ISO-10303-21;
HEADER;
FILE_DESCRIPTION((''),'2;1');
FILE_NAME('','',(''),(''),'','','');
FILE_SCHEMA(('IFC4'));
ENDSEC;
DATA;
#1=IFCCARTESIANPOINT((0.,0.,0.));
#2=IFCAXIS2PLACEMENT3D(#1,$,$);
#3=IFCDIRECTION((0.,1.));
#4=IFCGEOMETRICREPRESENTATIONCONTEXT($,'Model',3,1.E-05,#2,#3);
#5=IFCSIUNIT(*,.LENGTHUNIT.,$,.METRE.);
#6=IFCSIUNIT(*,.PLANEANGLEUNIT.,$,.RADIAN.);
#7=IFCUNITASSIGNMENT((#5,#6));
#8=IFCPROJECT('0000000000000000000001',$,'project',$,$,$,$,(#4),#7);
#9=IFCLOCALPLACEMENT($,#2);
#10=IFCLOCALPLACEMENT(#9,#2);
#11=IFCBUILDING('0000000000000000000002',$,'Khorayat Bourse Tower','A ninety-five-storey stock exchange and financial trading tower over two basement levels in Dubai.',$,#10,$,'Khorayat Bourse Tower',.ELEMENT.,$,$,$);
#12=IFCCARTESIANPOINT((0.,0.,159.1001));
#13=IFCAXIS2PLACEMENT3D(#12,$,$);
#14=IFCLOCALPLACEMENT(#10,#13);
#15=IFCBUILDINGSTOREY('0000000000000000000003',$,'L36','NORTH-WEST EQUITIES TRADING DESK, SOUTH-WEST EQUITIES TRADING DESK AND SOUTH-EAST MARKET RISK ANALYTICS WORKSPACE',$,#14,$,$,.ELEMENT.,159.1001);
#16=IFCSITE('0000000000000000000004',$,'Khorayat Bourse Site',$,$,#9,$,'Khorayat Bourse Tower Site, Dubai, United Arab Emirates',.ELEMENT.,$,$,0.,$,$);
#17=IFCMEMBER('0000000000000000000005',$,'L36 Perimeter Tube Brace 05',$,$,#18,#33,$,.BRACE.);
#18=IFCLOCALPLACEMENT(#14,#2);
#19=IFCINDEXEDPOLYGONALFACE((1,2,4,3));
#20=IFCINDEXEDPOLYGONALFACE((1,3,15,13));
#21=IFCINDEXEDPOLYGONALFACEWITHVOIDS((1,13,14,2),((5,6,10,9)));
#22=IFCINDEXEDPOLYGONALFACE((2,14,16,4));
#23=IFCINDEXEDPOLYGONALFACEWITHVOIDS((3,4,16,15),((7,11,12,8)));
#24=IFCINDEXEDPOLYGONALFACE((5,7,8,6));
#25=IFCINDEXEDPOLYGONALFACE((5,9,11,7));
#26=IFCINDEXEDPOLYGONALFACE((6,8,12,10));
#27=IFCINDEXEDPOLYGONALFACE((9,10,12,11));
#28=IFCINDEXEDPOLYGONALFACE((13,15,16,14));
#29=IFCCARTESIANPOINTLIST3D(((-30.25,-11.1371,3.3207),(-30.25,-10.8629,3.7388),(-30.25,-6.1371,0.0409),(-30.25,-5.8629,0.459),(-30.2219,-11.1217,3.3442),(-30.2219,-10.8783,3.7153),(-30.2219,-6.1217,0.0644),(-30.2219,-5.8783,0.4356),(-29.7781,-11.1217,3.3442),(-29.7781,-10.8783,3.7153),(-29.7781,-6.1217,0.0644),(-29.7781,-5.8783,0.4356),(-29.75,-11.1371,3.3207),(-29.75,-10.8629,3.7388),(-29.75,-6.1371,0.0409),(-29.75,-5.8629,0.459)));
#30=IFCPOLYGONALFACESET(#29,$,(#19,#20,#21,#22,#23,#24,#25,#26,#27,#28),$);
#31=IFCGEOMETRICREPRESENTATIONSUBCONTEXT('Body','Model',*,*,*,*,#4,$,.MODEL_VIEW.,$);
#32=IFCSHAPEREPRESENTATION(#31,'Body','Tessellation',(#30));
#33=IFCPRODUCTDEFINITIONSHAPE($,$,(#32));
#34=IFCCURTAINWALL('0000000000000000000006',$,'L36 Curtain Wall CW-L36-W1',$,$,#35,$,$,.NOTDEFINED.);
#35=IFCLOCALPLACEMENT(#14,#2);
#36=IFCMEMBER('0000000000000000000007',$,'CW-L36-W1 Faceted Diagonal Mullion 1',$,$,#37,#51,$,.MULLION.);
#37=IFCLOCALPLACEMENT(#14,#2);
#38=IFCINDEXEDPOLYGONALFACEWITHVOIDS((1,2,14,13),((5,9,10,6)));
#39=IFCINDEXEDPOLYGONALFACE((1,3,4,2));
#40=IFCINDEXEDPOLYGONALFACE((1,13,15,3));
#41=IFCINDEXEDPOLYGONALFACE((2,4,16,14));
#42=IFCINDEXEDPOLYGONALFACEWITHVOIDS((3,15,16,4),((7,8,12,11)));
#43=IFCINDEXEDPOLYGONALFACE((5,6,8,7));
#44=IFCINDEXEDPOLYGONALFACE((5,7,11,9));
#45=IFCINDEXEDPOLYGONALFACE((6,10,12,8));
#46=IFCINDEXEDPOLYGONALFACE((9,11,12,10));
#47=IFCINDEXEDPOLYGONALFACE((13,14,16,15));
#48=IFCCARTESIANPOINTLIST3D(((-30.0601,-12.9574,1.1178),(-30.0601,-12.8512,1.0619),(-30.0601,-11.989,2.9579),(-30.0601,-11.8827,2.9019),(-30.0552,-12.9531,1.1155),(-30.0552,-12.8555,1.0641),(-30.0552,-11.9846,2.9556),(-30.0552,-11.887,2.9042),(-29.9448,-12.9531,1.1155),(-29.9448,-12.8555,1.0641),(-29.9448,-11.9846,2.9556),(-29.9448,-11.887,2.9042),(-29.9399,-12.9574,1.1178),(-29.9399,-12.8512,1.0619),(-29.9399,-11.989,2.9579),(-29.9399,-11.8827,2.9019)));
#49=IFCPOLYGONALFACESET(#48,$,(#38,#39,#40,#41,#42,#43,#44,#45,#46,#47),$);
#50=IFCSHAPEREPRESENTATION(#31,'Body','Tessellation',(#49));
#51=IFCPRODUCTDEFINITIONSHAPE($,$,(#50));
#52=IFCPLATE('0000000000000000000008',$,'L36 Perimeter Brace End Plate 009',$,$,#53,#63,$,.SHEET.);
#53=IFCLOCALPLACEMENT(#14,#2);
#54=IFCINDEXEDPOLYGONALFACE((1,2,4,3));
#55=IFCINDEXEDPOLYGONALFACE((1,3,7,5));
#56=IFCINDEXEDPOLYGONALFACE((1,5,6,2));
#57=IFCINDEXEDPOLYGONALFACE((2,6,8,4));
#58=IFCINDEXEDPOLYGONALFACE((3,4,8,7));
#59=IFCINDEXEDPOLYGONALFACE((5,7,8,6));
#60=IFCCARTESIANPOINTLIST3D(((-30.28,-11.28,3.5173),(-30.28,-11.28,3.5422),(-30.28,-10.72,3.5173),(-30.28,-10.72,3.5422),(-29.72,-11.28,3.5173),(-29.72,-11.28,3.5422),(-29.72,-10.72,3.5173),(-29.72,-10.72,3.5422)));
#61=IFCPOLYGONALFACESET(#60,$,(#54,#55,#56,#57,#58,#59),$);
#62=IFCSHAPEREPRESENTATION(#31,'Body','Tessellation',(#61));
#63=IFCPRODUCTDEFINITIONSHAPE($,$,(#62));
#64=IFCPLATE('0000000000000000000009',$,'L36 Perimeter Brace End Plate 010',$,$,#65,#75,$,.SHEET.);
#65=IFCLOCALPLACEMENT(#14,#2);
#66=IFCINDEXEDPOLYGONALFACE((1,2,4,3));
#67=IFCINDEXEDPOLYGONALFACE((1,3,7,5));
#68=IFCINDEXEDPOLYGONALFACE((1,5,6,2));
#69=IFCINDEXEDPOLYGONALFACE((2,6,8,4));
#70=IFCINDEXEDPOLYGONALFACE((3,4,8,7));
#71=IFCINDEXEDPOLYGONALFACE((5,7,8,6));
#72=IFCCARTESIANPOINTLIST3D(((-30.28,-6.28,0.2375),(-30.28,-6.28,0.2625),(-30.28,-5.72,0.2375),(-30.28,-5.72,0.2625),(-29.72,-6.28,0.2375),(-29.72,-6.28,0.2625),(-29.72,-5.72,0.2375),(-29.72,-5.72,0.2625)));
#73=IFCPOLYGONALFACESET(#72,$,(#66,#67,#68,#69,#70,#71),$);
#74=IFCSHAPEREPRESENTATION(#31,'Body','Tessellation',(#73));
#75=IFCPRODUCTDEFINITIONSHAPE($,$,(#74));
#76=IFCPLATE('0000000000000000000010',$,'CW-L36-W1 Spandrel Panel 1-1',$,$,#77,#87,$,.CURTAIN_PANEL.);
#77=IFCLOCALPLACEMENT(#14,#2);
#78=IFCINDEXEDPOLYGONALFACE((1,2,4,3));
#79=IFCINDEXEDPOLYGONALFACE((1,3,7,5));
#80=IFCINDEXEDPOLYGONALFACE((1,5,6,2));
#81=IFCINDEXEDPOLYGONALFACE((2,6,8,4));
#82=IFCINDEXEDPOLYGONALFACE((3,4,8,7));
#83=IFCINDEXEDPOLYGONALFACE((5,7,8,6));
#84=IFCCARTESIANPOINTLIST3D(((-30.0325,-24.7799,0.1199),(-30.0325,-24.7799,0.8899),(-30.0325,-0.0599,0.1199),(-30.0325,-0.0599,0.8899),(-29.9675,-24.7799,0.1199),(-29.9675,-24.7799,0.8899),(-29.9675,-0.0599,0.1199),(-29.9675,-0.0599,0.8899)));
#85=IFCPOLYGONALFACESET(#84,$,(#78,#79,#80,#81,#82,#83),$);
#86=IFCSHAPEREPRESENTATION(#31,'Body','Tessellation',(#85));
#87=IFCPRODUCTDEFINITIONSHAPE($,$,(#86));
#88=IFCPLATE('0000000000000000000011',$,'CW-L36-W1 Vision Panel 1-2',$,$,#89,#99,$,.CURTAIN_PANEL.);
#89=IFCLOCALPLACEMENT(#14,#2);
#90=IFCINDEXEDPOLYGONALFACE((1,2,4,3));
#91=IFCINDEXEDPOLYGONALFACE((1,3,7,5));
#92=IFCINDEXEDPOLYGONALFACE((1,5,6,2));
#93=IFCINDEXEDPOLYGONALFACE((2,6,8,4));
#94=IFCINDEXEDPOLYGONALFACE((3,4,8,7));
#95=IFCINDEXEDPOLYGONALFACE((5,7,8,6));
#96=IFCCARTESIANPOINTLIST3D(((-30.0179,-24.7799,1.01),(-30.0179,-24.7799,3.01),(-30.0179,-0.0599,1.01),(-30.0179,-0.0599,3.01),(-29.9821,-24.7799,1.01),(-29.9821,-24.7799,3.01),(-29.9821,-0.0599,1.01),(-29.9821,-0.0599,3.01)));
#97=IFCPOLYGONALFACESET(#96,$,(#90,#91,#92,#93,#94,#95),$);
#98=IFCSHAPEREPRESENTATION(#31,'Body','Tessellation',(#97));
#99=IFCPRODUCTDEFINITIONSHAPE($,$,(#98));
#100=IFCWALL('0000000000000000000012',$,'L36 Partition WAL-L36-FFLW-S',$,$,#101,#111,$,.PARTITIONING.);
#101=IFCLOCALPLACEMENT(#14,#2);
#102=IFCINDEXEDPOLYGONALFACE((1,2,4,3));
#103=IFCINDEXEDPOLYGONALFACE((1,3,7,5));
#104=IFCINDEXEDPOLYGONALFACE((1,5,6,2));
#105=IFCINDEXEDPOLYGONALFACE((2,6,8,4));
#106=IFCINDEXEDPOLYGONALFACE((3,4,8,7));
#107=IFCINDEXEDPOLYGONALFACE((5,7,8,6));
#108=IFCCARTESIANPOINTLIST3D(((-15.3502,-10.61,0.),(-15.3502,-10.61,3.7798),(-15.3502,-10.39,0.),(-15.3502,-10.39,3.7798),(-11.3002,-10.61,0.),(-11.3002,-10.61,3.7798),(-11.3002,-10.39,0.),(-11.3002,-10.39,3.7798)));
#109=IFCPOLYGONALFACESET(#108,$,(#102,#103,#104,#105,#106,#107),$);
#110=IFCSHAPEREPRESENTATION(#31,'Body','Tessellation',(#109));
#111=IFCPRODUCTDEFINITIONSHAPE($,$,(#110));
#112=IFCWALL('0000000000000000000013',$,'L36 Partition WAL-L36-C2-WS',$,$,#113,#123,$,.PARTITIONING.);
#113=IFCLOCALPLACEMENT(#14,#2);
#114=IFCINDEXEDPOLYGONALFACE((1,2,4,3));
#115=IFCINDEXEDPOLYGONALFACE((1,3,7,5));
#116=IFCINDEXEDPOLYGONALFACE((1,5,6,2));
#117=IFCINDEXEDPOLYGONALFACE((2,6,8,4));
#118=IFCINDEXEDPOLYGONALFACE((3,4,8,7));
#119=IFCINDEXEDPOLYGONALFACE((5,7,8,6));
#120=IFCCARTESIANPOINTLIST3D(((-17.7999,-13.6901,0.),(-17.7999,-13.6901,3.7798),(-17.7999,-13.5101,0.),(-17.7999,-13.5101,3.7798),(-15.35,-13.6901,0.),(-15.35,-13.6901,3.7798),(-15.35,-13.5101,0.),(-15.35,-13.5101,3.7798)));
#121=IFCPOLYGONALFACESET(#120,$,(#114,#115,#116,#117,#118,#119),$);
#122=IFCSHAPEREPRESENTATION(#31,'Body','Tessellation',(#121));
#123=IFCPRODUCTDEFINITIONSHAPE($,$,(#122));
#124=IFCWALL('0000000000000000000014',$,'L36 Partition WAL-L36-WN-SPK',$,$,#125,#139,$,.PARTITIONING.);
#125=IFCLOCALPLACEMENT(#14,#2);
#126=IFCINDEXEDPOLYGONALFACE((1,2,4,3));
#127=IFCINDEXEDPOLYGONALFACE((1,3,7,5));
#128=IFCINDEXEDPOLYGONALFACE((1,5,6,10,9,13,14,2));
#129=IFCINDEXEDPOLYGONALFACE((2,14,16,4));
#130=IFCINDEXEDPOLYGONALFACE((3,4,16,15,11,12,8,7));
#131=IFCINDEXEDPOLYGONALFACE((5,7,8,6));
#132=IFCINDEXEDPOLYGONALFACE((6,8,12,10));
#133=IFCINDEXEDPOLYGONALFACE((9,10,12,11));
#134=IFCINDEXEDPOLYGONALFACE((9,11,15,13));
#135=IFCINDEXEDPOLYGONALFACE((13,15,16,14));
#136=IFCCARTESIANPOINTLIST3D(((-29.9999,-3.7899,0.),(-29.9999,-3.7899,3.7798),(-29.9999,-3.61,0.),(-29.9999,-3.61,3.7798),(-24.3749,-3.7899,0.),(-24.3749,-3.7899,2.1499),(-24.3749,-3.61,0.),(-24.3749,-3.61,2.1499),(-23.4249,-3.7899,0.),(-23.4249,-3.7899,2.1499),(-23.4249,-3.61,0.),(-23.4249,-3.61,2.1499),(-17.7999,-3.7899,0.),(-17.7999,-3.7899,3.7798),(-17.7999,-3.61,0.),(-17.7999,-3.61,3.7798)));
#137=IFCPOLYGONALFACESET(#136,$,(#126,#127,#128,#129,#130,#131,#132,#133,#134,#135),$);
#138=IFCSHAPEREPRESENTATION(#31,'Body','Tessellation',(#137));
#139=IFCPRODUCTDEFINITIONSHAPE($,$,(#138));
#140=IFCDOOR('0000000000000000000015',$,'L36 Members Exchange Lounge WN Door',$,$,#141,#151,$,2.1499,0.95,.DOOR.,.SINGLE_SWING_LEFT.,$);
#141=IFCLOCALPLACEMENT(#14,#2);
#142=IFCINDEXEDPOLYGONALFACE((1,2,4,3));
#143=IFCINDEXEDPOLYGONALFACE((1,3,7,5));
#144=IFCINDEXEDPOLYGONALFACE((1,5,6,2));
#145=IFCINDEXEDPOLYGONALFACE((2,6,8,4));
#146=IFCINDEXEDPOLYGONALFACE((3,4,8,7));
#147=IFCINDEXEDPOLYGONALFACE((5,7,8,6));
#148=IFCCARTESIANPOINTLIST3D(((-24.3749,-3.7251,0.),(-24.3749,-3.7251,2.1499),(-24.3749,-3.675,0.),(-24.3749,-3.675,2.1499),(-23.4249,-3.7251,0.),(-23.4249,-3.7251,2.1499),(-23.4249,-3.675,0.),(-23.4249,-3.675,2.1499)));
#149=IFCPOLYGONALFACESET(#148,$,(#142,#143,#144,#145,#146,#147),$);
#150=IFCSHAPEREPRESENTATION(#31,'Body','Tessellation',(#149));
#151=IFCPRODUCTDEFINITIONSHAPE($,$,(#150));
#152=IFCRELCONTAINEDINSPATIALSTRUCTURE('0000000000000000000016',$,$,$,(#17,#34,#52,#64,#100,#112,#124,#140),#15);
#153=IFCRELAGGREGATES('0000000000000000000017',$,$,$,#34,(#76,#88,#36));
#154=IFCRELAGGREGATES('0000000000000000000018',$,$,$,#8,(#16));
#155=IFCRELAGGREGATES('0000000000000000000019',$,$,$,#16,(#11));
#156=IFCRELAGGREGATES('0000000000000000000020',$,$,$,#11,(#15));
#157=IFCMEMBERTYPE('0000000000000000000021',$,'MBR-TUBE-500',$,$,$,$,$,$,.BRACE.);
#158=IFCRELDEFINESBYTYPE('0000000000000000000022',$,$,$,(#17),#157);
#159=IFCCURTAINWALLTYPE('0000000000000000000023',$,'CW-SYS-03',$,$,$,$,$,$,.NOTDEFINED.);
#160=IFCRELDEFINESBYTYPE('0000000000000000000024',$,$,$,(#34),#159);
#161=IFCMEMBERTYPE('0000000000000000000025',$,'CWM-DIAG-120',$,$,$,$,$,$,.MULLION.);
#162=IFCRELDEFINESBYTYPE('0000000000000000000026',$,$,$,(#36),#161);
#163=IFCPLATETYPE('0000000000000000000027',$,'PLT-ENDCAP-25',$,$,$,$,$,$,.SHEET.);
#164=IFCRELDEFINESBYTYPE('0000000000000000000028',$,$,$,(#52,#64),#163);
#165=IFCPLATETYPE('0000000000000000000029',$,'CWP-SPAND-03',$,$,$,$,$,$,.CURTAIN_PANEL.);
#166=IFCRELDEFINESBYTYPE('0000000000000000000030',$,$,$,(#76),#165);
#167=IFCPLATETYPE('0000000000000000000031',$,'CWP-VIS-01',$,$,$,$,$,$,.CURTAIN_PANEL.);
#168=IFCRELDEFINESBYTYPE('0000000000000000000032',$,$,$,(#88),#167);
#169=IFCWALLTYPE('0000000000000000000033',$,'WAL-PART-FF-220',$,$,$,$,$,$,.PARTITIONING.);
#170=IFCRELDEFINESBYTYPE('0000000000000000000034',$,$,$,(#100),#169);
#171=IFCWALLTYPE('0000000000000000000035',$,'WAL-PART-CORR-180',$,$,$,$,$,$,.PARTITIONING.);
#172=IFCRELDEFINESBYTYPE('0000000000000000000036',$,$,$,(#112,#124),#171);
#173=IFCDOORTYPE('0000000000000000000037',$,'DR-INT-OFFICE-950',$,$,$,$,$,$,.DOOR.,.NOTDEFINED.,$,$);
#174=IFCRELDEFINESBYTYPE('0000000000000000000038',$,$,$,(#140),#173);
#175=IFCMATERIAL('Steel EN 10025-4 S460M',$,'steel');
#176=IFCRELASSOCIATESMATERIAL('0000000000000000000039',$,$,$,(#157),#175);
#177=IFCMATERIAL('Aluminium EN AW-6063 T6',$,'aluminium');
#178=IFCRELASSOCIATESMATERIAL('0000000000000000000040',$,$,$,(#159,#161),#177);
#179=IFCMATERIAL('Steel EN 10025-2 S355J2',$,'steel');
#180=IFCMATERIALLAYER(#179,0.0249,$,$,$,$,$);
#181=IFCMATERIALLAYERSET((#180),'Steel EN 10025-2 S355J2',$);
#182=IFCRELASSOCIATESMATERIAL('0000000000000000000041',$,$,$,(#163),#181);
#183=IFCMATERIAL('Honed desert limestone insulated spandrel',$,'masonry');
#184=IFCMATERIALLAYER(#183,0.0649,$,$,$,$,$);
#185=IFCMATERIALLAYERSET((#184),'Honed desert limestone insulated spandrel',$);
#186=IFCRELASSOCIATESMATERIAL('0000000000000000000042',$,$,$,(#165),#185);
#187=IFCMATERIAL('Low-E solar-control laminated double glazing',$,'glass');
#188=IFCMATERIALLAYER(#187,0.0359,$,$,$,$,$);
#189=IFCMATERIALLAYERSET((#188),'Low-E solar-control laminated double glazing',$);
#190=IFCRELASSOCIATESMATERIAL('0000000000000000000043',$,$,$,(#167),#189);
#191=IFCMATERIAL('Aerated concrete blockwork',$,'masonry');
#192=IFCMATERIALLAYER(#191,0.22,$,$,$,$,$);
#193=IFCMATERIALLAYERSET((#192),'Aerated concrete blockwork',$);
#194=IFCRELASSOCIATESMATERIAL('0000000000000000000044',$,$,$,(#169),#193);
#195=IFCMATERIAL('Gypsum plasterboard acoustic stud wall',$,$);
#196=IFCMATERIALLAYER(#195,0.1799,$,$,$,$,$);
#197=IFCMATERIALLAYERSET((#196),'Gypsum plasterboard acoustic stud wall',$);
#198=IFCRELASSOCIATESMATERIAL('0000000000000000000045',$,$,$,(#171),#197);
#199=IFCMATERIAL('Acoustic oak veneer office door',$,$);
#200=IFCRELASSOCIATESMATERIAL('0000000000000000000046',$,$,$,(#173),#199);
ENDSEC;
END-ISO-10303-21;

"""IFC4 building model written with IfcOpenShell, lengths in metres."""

from ifc_helpers import new_model, si_unit, direction, frame, frame_2d, origin, origin_2d, place, context, subcontext, project, spatial, rectangle, hollow_rectangle, extrude, source, transform, mapped, material, layer, layer_set, material_profile, profile_set, type_object, element, fill, aggregate, save


model = new_model("IFC4")

# Units and contexts
model_context = context("Model", 3, precision=1e-05, world=origin(), true_north=direction((0.0, 1.0)))
body_context = subcontext(model_context, "Body", "Model", "MODEL_VIEW")
ifc_project = project(units=[si_unit("LENGTHUNIT", "METRE"), si_unit("PLANEANGLEUNIT", "RADIAN")], contexts=[model_context])

# Site, building, storey
site_placement = place(None, origin())
site = spatial("IfcSite", under=ifc_project, at=site_placement, Name="Khorayat Bourse Site", LongName="Khorayat Bourse Tower Site, Dubai, United Arab Emirates", CompositionType="ELEMENT", RefElevation=0.0)
building_placement = place(site_placement, origin())
building = spatial("IfcBuilding", under=site, at=building_placement, Name="Khorayat Bourse Tower", Description="A ninety-five-storey stock exchange and financial trading tower over two basement levels in Dubai.", LongName="Khorayat Bourse Tower", CompositionType="ELEMENT")
storey_placement = place(building_placement, frame((0.0, 0.0, 159.1001)))
storey = spatial("IfcBuildingStorey", under=building, at=storey_placement, Name="L36", Description="NORTH-WEST EQUITIES TRADING DESK, SOUTH-WEST EQUITIES TRADING DESK AND SOUTH-EAST MARKET RISK ANALYTICS WORKSPACE", CompositionType="ELEMENT", Elevation=159.1001)

# Shared definitions
ifc_material_1 = material(Name="Steel EN 10025-4 S460M", Category="steel")

# Member
ifc_material_profile_1 = material_profile(ifc_material_1, hollow_rectangle(XDim=0.5, YDim=0.5, WallThickness=0.0281, at=origin_2d()), Name="HSS 500x500x28")
ifc_profile_set_1 = profile_set([ifc_material_profile_1], Name="Steel EN 10025-4 S460M")
member_type_1 = type_object("IfcMemberType", Name="MBR-TUBE-500", PredefinedType="BRACE", material=ifc_profile_set_1)
shared_shape_1 = source(origin(), body_context, "Body", "SweptSolid", [
    extrude(hollow_rectangle(XDim=0.5, YDim=0.5, WallThickness=0.0281, at=origin_2d()), origin(), (0.0, 0.0, 1.0), 5.9797),
])
member_1_placement = place(storey_placement, frame((-30.0, -11.0, 3.5298), z_axis=(0.0, 0.83616, -0.548485), x_axis=(-1.0, 0.0, 0.0)))
element("IfcMember", 1, at=member_1_placement, inside=storey, type_object=member_type_1, Name="L36 Perimeter Tube Brace 05", PredefinedType="BRACE", context=body_context, shape_type="MappedRepresentation", body=[
    mapped(shared_shape_1, transform((0.0, 0.0, 0.0), scale=1.0)),
])

# Curtain wall, member
ifc_material_2 = material(Name="Aluminium EN AW-6063 T6", Category="aluminium")
curtain_wall_type = type_object("IfcCurtainWallType", Name="CW-SYS-03", PredefinedType="NOTDEFINED", material=ifc_material_2)
curtain_wall_placement = place(storey_placement, origin())
curtain_wall = element("IfcCurtainWall", 2, at=curtain_wall_placement, inside=storey, type_object=curtain_wall_type, Name="L36 Curtain Wall CW-L36-W1", PredefinedType="NOTDEFINED")
ifc_material_profile_2 = material_profile(ifc_material_2, hollow_rectangle(XDim=0.1201, YDim=0.1201, WallThickness=0.0049, at=origin_2d()), Name="ALU 120x120x5")
ifc_profile_set_2 = profile_set([ifc_material_profile_2], Name="Aluminium EN AW-6063 T6")
member_type_2 = type_object("IfcMemberType", Name="CWM-DIAG-120", PredefinedType="MULLION", material=ifc_profile_set_2)
shared_shape_2 = source(origin(), body_context, "Body", "SweptSolid", [
    extrude(hollow_rectangle(XDim=0.1201, YDim=0.1201, WallThickness=0.0049, at=origin_2d()), origin(), (0.0, 0.0, 1.0), 2.0793),
])
member_2_placement = place(storey_placement, frame((-30.0, -12.9043, 1.0898), z_axis=(0.0, 0.465761, 0.884911), x_axis=(-1.0, 0.0, 0.0)))
member_2 = element("IfcMember", 3, at=member_2_placement, type_object=member_type_2, Name="CW-L36-W1 Faceted Diagonal Mullion 1", PredefinedType="MULLION", context=body_context, shape_type="MappedRepresentation", body=[
    mapped(shared_shape_2, transform((0.0, 0.0, 0.0), scale=1.0)),
])

# Plates
ifc_material_3 = material(Name="Steel EN 10025-2 S355J2", Category="steel")
ifc_layer_1 = layer(ifc_material_3, 0.0249)
ifc_layer_set_1 = layer_set([ifc_layer_1], Name="Steel EN 10025-2 S355J2")
plate_type_1 = type_object("IfcPlateType", Name="PLT-ENDCAP-25", PredefinedType="SHEET", material=ifc_layer_set_1)
shared_shape_3 = source(origin(), body_context, "Body", "SweptSolid", [
    extrude(rectangle(XDim=0.5601, YDim=0.5601, at=origin_2d()), origin(), (0.0, 0.0, 1.0), 0.0249),
])
for number, where, z_axis, x_axis, name in (
    (4, (-30.0, -11.0, 3.5173), (0.0, 0.0, 1.0), (1.0, 0.0, 0.0), "L36 Perimeter Brace End Plate 009"),
    (5, (-30.0, -6.0, 0.2375), (0.0, 0.0, 1.0), (1.0, 0.0, 0.0), "L36 Perimeter Brace End Plate 010"),
):
    element("IfcPlate", number, at=place(storey_placement, frame(where, z_axis=z_axis, x_axis=x_axis)), inside=storey, type_object=plate_type_1, Name=name, PredefinedType="SHEET", context=body_context, shape_type="MappedRepresentation", body=[
        mapped(shared_shape_3, transform((0.0, 0.0, 0.0), scale=1.0)),
    ])

# Plates
ifc_material_4 = material(Name="Honed desert limestone insulated spandrel", Category="masonry")
ifc_layer_2 = layer(ifc_material_4, 0.0649)
ifc_layer_set_2 = layer_set([ifc_layer_2], Name="Honed desert limestone insulated spandrel")
plate_type_2 = type_object("IfcPlateType", Name="CWP-SPAND-03", PredefinedType="CURTAIN_PANEL", material=ifc_layer_set_2)
shared_shape_4 = source(origin(), body_context, "Body", "SweptSolid", [
    extrude(rectangle(XDim=24.72, YDim=0.0649, at=origin_2d()), origin(), (0.0, 0.0, 1.0), 0.77),
])
plate_1_placement = place(storey_placement, frame((-30.0, -12.4199, 0.1199), z_axis=(0.0, 0.0, 1.0), x_axis=(0.0, 1.0, 0.0)))
plate_1 = element("IfcPlate", 6, at=plate_1_placement, type_object=plate_type_2, Name="CW-L36-W1 Spandrel Panel 1-1", PredefinedType="CURTAIN_PANEL", context=body_context, shape_type="MappedRepresentation", body=[
    mapped(shared_shape_4, transform((0.0, 0.0, 0.0), scale=1.0)),
])
ifc_material_5 = material(Name="Low-E solar-control laminated double glazing", Category="glass")
ifc_layer_3 = layer(ifc_material_5, 0.0359)
ifc_layer_set_3 = layer_set([ifc_layer_3], Name="Low-E solar-control laminated double glazing")
plate_type_3 = type_object("IfcPlateType", Name="CWP-VIS-01", PredefinedType="CURTAIN_PANEL", material=ifc_layer_set_3)
shared_shape_5 = source(origin(), body_context, "Body", "SweptSolid", [
    extrude(rectangle(XDim=24.72, YDim=0.0359, at=origin_2d()), origin(), (0.0, 0.0, 1.0), 2.0),
])
plate_2_placement = place(storey_placement, frame((-30.0, -12.4199, 1.01), z_axis=(0.0, 0.0, 1.0), x_axis=(0.0, 1.0, 0.0)))
plate_2 = element("IfcPlate", 7, at=plate_2_placement, type_object=plate_type_3, Name="CW-L36-W1 Vision Panel 1-2", PredefinedType="CURTAIN_PANEL", context=body_context, shape_type="MappedRepresentation", body=[
    mapped(shared_shape_5, transform((0.0, 0.0, 0.0), scale=1.0)),
])
aggregate(curtain_wall, [plate_1, plate_2, member_2])

# Walls
ifc_material_6 = material(Name="Aerated concrete blockwork", Category="masonry")
ifc_layer_4 = layer(ifc_material_6, 0.22)
ifc_layer_set_4 = layer_set([ifc_layer_4], Name="Aerated concrete blockwork")
wall_type_1 = type_object("IfcWallType", Name="WAL-PART-FF-220", PredefinedType="PARTITIONING", material=ifc_layer_set_4)
shared_shape_6 = source(origin(), body_context, "Body", "SweptSolid", [
    extrude(rectangle(XDim=4.05, YDim=0.22, at=frame_2d((2.0249, 0.0))), origin(), (0.0, 0.0, 1.0), 3.7798),
])
wall_1_placement = place(storey_placement, frame((-15.3501, -10.5, 0.0), z_axis=(0.0, 0.0, 1.0), x_axis=(1.0, 0.0, 0.0)))
element("IfcWall", 8, at=wall_1_placement, inside=storey, type_object=wall_type_1, Name="L36 Partition WAL-L36-FFLW-S", PredefinedType="PARTITIONING", context=body_context, shape_type="MappedRepresentation", body=[
    mapped(shared_shape_6, transform((0.0, 0.0, 0.0), scale=1.0)),
])
ifc_material_7 = material(Name="Gypsum plasterboard acoustic stud wall")
ifc_layer_5 = layer(ifc_material_7, 0.1799)
ifc_layer_set_5 = layer_set([ifc_layer_5], Name="Gypsum plasterboard acoustic stud wall")
wall_type_2 = type_object("IfcWallType", Name="WAL-PART-CORR-180", PredefinedType="PARTITIONING", material=ifc_layer_set_5)
shared_shape_7 = source(origin(), body_context, "Body", "SweptSolid", [
    extrude(rectangle(XDim=2.45, YDim=0.1799, at=frame_2d((1.2251, 0.0))), origin(), (0.0, 0.0, 1.0), 3.7798),
])
wall_2_placement = place(storey_placement, frame((-17.8, -13.6001, 0.0), z_axis=(0.0, 0.0, 1.0), x_axis=(1.0, 0.0, 0.0)))
element("IfcWall", 9, at=wall_2_placement, inside=storey, type_object=wall_type_2, Name="L36 Partition WAL-L36-C2-WS", PredefinedType="PARTITIONING", context=body_context, shape_type="MappedRepresentation", body=[
    mapped(shared_shape_7, transform((0.0, 0.0, 0.0), scale=1.0)),
])

# Wall, opening, door
shared_shape_8 = source(origin(), body_context, "Body", "SweptSolid", [
    extrude(rectangle(XDim=12.2, YDim=0.1799, at=frame_2d((6.1001, 0.0))), origin(), (0.0, 0.0, 1.0), 3.7798),
])
wall_3_placement = place(storey_placement, frame((-30.0, -3.7, 0.0), z_axis=(0.0, 0.0, 1.0), x_axis=(1.0, 0.0, 0.0)))
wall_3 = element("IfcWall", 10, at=wall_3_placement, inside=storey, type_object=wall_type_2, Name="L36 Partition WAL-L36-WN-SPK", PredefinedType="PARTITIONING", context=body_context, shape_type="MappedRepresentation", body=[
    mapped(shared_shape_8, transform((0.0, 0.0, 0.0), scale=1.0)),
])
shared_shape_9 = source(origin(), body_context, "Body", "SweptSolid", [
    extrude(rectangle(XDim=0.95, YDim=2.1499, at=frame_2d((0.4751, 1.075))), frame((0.0, 0.0999, 0.0), z_axis=(0.0, -1.0, 0.0), x_axis=(1.0, 0.0, 0.0)), (0.0, 0.0, 1.0), 0.2),
])
opening_1_placement = place(wall_3_placement, frame((5.625, 0.0, 0.0)))
opening_1 = element("IfcOpeningElement", 11, at=opening_1_placement, cuts=wall_3, PredefinedType="OPENING", context=body_context, shape_type="MappedRepresentation", body=[
    mapped(shared_shape_9, transform((0.0, 0.0, 0.0), scale=1.0)),
])
ifc_material_8 = material(Name="Acoustic oak veneer office door")
door_type = type_object("IfcDoorType", Name="DR-INT-OFFICE-950", OperationType="NOTDEFINED", PredefinedType="DOOR", material=ifc_material_8)
shared_shape_10 = source(origin(), body_context, "Body", "SweptSolid", [
    extrude(rectangle(XDim=0.95, YDim=2.1499, at=frame_2d((0.4751, 1.075))), frame((0.0, 0.0249, 0.0), z_axis=(0.0, -1.0, 0.0), x_axis=(1.0, 0.0, 0.0)), (0.0, 0.0, 1.0), 0.05),
])
door_1_placement = place(opening_1_placement, origin())
door_1 = element("IfcDoor", 12, at=door_1_placement, inside=storey, type_object=door_type, Name="L36 Members Exchange Lounge WN Door", OperationType="SINGLE_SWING_LEFT", OverallHeight=2.1499, OverallWidth=0.95, PredefinedType="DOOR", context=body_context, shape_type="MappedRepresentation", body=[
    mapped(shared_shape_10, transform((0.0, 0.0, 0.0), scale=1.0)),
])
fill(opening_1, door_1)

save(model, "model.ifc")
